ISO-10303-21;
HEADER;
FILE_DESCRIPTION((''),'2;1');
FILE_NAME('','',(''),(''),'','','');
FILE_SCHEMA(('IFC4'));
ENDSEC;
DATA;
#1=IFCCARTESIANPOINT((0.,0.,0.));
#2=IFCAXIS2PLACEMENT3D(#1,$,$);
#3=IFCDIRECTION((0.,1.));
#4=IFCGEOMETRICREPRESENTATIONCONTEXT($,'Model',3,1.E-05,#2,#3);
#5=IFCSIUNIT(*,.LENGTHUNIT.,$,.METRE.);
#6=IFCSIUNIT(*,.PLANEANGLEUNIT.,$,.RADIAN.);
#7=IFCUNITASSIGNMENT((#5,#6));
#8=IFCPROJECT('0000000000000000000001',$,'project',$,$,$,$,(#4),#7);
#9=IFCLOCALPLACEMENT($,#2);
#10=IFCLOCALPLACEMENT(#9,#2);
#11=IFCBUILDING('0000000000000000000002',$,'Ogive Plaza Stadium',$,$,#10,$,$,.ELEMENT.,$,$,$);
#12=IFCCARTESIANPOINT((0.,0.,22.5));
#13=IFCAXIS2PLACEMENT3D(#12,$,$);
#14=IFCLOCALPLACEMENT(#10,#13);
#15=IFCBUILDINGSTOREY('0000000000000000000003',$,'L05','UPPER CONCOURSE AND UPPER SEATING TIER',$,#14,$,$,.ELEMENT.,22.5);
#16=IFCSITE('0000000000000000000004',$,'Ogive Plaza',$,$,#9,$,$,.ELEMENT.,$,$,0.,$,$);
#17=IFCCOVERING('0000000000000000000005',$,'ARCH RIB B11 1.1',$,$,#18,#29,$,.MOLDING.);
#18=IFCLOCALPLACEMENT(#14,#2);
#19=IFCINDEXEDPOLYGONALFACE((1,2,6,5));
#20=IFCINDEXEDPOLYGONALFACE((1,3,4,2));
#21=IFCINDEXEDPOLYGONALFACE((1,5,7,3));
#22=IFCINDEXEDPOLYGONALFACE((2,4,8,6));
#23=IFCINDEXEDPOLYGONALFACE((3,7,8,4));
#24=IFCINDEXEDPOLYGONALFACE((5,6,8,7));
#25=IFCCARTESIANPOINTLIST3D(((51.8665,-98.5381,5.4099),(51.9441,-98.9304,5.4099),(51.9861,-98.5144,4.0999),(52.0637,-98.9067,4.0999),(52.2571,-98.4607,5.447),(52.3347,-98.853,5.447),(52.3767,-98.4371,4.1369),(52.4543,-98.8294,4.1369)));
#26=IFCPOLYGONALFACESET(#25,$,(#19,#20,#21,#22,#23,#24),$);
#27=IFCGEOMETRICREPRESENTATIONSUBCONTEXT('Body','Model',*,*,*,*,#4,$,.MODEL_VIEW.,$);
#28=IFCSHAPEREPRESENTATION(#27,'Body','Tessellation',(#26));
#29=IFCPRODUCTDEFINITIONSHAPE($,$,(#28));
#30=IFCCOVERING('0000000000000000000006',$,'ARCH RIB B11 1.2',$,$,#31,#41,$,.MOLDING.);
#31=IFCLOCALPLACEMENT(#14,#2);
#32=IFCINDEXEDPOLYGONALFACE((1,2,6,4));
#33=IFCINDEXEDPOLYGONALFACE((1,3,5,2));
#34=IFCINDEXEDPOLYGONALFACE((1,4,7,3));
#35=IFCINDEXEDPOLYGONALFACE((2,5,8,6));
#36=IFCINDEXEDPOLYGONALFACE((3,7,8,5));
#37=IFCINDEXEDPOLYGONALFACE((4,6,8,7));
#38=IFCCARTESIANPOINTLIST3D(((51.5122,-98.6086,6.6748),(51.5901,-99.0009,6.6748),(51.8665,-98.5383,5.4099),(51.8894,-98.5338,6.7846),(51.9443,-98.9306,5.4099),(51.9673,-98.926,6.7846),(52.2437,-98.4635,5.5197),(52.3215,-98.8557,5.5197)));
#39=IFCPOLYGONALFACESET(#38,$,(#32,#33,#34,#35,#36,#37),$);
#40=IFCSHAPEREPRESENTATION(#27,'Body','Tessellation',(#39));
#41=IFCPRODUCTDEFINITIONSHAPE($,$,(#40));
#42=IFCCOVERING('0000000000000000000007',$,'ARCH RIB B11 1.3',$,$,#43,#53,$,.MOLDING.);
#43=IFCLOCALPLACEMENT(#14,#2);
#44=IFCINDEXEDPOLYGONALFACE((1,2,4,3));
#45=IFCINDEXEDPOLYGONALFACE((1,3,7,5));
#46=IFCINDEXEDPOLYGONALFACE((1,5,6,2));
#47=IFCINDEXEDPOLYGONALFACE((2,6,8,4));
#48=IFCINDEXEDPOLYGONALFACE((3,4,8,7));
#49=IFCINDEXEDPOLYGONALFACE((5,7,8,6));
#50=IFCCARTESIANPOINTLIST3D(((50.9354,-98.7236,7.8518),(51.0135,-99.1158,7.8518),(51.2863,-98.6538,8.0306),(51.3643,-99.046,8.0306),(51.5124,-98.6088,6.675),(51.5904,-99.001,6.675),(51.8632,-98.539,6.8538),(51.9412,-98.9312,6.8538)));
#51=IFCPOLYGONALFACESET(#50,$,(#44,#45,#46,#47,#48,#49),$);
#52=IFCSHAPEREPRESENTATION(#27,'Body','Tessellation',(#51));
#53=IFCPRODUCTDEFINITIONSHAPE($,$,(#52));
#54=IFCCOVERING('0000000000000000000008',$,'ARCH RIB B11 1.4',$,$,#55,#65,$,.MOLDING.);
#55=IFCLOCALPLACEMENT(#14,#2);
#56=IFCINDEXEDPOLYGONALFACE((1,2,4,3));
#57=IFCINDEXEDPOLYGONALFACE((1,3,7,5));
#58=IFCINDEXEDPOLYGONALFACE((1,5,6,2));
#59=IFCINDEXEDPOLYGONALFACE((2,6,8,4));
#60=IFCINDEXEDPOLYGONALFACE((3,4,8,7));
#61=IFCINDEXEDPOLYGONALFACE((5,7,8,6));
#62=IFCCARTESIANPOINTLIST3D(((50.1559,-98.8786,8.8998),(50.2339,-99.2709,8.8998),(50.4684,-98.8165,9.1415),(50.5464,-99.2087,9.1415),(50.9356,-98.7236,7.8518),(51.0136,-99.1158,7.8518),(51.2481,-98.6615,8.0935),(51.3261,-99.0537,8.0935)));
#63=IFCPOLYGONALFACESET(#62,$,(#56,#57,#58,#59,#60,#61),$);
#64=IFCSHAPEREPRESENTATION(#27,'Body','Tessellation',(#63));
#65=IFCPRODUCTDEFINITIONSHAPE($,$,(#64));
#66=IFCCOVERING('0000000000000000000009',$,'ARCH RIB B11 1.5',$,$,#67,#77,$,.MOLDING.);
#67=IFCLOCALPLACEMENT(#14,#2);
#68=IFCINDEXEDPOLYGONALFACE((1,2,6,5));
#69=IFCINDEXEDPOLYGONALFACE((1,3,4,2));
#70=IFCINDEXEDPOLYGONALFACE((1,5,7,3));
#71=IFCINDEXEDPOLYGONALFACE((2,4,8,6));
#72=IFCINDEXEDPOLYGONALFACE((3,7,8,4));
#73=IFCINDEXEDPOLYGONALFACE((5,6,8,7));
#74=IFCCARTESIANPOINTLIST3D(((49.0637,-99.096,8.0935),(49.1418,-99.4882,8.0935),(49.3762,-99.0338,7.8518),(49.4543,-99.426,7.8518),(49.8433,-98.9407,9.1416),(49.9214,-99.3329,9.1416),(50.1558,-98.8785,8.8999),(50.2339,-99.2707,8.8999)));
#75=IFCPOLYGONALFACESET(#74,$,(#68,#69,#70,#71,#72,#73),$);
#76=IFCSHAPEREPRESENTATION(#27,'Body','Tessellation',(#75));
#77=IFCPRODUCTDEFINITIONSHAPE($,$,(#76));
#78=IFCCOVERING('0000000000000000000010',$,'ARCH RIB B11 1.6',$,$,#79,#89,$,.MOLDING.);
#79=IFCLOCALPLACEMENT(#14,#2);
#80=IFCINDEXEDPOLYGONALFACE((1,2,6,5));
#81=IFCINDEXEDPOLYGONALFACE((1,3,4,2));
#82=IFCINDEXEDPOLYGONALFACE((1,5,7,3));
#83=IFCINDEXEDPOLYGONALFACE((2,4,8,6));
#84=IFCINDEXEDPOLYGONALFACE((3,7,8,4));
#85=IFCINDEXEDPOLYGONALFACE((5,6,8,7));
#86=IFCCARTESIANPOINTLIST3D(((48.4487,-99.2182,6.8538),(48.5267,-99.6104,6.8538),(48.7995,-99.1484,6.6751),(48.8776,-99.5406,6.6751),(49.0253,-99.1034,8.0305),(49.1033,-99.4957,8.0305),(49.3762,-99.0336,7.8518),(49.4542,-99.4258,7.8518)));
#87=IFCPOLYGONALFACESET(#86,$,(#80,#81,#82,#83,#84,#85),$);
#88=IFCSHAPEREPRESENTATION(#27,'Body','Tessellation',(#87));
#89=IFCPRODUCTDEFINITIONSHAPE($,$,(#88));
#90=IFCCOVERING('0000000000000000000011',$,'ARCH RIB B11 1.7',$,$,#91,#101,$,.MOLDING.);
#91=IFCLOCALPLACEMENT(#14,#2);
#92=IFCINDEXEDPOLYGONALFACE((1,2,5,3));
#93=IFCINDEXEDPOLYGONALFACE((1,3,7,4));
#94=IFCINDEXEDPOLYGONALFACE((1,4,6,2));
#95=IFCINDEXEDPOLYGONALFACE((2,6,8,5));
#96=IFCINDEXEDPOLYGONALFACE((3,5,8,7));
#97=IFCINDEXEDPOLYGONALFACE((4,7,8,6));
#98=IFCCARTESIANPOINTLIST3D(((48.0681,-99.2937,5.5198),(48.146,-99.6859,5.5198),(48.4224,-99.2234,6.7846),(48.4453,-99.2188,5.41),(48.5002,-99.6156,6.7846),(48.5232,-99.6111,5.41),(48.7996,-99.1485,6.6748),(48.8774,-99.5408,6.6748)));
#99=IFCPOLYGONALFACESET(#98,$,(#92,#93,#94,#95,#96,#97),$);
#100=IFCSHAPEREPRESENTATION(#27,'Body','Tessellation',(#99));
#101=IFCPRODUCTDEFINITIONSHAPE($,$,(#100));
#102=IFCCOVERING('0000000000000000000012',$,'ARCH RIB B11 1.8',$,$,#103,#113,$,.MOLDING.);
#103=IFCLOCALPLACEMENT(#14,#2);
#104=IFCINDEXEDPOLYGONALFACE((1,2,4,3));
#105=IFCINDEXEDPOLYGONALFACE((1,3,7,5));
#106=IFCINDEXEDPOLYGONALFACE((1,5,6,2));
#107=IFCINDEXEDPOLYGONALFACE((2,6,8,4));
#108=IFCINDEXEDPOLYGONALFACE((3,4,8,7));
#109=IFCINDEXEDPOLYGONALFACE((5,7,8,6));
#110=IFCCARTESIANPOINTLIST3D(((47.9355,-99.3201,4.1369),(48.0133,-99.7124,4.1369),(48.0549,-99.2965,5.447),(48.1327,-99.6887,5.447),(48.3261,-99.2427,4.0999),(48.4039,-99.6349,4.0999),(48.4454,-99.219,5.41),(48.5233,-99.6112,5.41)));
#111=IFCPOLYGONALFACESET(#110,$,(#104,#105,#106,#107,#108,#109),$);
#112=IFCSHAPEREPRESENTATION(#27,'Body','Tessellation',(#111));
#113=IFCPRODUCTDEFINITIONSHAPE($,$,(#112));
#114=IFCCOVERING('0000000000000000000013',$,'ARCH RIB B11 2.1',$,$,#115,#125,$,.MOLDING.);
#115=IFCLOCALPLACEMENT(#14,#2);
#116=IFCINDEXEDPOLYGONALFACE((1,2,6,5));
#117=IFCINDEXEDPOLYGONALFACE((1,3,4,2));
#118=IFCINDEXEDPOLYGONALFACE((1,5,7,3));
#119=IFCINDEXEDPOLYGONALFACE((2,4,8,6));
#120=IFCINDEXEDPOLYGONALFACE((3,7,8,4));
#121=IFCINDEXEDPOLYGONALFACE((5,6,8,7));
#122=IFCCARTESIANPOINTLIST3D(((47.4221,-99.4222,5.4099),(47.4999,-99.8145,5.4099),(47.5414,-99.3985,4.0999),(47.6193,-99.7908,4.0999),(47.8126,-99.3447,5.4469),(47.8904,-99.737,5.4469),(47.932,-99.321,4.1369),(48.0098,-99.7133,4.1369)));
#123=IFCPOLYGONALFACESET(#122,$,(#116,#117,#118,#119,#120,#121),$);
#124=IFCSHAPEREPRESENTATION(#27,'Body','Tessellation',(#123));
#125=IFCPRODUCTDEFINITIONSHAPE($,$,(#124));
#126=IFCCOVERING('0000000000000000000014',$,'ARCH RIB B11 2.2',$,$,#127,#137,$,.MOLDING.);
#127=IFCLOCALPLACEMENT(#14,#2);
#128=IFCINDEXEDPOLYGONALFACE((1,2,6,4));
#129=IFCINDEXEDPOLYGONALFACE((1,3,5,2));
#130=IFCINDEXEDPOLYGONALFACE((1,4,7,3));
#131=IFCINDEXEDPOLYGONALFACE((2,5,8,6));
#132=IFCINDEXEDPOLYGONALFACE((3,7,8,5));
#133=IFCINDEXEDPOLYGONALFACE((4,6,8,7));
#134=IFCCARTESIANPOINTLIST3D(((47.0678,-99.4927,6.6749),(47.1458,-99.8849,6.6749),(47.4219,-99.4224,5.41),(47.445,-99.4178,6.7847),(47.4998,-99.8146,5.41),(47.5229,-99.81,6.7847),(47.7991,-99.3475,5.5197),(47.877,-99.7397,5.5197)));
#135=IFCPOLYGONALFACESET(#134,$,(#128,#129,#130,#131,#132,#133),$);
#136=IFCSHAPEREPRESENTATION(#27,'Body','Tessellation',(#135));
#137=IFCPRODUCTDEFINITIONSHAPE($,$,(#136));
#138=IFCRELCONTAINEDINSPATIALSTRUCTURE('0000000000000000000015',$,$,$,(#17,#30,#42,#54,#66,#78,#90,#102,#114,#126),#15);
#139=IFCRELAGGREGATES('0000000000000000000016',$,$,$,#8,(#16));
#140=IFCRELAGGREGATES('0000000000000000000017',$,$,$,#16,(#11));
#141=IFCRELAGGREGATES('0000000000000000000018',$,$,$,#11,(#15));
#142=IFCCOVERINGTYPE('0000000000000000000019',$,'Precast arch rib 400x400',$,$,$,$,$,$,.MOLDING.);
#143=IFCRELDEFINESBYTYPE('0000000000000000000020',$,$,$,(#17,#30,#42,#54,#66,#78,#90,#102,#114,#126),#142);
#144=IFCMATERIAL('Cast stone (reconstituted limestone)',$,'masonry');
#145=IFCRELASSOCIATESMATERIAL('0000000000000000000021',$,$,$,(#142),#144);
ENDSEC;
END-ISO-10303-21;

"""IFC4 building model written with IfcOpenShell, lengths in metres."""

from ifc_helpers import new_model, si_unit, direction, frame, origin, origin_2d, place, context, subcontext, project, spatial, rectangle, extrude, material, material_profile, profile_set, type_object, element, save


model = new_model("IFC4")

# Units and contexts
model_context = context("Model", 3, precision=1e-05, world=origin(), true_north=direction((0.0, 1.0)))
body_context = subcontext(model_context, "Body", "Model", "MODEL_VIEW")
ifc_project = project(units=[si_unit("LENGTHUNIT", "METRE"), si_unit("PLANEANGLEUNIT", "RADIAN")], contexts=[model_context])

# Site, building, storey
site_placement = place(None, origin())
site = spatial("IfcSite", under=ifc_project, at=site_placement, Name="Ogive Plaza", CompositionType="ELEMENT", RefElevation=0.0)
building_placement = place(site_placement, origin())
building = spatial("IfcBuilding", under=site, at=building_placement, Name="Ogive Plaza Stadium", CompositionType="ELEMENT")
storey_placement = place(building_placement, frame((0.0, 0.0, 22.5)))
storey = spatial("IfcBuildingStorey", under=building, at=storey_placement, Name="L05", Description="UPPER CONCOURSE AND UPPER SEATING TIER", CompositionType="ELEMENT", Elevation=22.5)

# Coverings
ifc_material_1 = material(Name="Cast stone (reconstituted limestone)", Category="masonry")
ifc_material_profile_1 = material_profile(ifc_material_1, rectangle(XDim=0.3999, YDim=0.3999, at=origin_2d()), Name="Cast stone 400x400")
ifc_profile_set_1 = profile_set([ifc_material_profile_1], Name="Cast stone (reconstituted limestone)")
covering_type = type_object("IfcCoveringType", Name="Precast arch rib 400x400", PredefinedType="MOLDING", material=ifc_profile_set_1)
covering_1_placement = place(storey_placement, frame((52.2202, -98.6719, 4.1184), z_axis=(-0.090923, -0.017999, 0.995695), x_axis=(0.194191, -0.980964, 0.0)))
element("IfcCovering", 1, at=covering_1_placement, inside=storey, type_object=covering_type, Name="ARCH RIB B11 1.1", PredefinedType="MOLDING", context=body_context, shape_type="SweptSolid", body=[
    extrude(rectangle(XDim=0.3999, YDim=0.3999, at=origin_2d()), origin(), (0.0, 0.0, 1.0), 1.3157),
])
covering_2_placement = place(storey_placement, frame((52.094, -98.697, 5.4648), z_axis=(-0.2693, -0.053452, 0.961572), x_axis=(0.194686, -0.980866, 0.0)))
element("IfcCovering", 2, at=covering_2_placement, inside=storey, type_object=covering_type, Name="ARCH RIB B11 1.2", PredefinedType="MOLDING", context=body_context, shape_type="SweptSolid", body=[
    extrude(rectangle(XDim=0.3999, YDim=0.3999, at=origin_2d()), origin(), (0.0, 0.0, 1.0), 1.3154),
])
covering_3_placement = place(storey_placement, frame((51.7268, -98.77, 6.7644), z_axis=(-0.438518, -0.087221, 0.89448), x_axis=(0.195078, -0.980788, 0.0)))
element("IfcCovering", 3, at=covering_3_placement, inside=storey, type_object=covering_type, Name="ARCH RIB B11 1.3", PredefinedType="MOLDING", context=body_context, shape_type="SweptSolid", body=[
    extrude(rectangle(XDim=0.3999, YDim=0.3999, at=origin_2d()), origin(), (0.0, 0.0, 1.0), 1.3157),
])
for number, where, z_axis, x_axis, name in (
    (4, (51.1309, -98.8887, 7.9727), (-0.592756, -0.117846, 0.796713), (0.194994, -0.980804, 0.0), "ARCH RIB B11 1.4"),
    (5, (50.0386, -99.1057, 9.0208), (-0.592623, -0.118042, -0.796784), (0.195348, -0.980734, 0.0), "ARCH RIB B11 1.5"),
    (6, (49.2397, -99.2646, 7.9412), (-0.438368, -0.087228, -0.894553), (0.195158, -0.980772, 0.0), "ARCH RIB B11 1.6"),
    (7, (48.6499, -99.3821, 6.7297), (-0.2693, -0.053452, -0.961572), (0.194686, -0.980866, 0.0), "ARCH RIB B11 1.7"),
):
    element("IfcCovering", number, at=place(storey_placement, frame(where, z_axis=z_axis, x_axis=x_axis)), inside=storey, type_object=covering_type, Name=name, PredefinedType="MOLDING", context=body_context, shape_type="SweptSolid", body=[
        extrude(rectangle(XDim=0.3999, YDim=0.3999, at=origin_2d()), origin(), (0.0, 0.0, 1.0), 1.3154),
    ])
for number, where, z_axis, x_axis, name in (
    (8, (48.2891, -99.4539, 5.4285), (-0.090739, -0.017999, -0.995712), (0.194573, -0.980888, 0.0), "ARCH RIB B11 1.8"),
    (9, (47.7756, -99.5559, 4.1184), (-0.090739, -0.017999, 0.995712), (0.194573, -0.980888, 0.0), "ARCH RIB B11 2.1"),
):
    element("IfcCovering", number, at=place(storey_placement, frame(where, z_axis=z_axis, x_axis=x_axis)), inside=storey, type_object=covering_type, Name=name, PredefinedType="MOLDING", context=body_context, shape_type="SweptSolid", body=[
        extrude(rectangle(XDim=0.3999, YDim=0.3999, at=origin_2d()), origin(), (0.0, 0.0, 1.0), 1.3157),
    ])
covering_4_placement = place(storey_placement, frame((47.6494, -99.5811, 5.4648), z_axis=(-0.269127, -0.053454, 0.96162), x_axis=(0.194815, -0.98084, 0.0)))
element("IfcCovering", 10, at=covering_4_placement, inside=storey, type_object=covering_type, Name="ARCH RIB B11 2.2", PredefinedType="MOLDING", context=body_context, shape_type="SweptSolid", body=[
    extrude(rectangle(XDim=0.3999, YDim=0.3999, at=origin_2d()), origin(), (0.0, 0.0, 1.0), 1.3154),
])

save(model, "model.ifc")
